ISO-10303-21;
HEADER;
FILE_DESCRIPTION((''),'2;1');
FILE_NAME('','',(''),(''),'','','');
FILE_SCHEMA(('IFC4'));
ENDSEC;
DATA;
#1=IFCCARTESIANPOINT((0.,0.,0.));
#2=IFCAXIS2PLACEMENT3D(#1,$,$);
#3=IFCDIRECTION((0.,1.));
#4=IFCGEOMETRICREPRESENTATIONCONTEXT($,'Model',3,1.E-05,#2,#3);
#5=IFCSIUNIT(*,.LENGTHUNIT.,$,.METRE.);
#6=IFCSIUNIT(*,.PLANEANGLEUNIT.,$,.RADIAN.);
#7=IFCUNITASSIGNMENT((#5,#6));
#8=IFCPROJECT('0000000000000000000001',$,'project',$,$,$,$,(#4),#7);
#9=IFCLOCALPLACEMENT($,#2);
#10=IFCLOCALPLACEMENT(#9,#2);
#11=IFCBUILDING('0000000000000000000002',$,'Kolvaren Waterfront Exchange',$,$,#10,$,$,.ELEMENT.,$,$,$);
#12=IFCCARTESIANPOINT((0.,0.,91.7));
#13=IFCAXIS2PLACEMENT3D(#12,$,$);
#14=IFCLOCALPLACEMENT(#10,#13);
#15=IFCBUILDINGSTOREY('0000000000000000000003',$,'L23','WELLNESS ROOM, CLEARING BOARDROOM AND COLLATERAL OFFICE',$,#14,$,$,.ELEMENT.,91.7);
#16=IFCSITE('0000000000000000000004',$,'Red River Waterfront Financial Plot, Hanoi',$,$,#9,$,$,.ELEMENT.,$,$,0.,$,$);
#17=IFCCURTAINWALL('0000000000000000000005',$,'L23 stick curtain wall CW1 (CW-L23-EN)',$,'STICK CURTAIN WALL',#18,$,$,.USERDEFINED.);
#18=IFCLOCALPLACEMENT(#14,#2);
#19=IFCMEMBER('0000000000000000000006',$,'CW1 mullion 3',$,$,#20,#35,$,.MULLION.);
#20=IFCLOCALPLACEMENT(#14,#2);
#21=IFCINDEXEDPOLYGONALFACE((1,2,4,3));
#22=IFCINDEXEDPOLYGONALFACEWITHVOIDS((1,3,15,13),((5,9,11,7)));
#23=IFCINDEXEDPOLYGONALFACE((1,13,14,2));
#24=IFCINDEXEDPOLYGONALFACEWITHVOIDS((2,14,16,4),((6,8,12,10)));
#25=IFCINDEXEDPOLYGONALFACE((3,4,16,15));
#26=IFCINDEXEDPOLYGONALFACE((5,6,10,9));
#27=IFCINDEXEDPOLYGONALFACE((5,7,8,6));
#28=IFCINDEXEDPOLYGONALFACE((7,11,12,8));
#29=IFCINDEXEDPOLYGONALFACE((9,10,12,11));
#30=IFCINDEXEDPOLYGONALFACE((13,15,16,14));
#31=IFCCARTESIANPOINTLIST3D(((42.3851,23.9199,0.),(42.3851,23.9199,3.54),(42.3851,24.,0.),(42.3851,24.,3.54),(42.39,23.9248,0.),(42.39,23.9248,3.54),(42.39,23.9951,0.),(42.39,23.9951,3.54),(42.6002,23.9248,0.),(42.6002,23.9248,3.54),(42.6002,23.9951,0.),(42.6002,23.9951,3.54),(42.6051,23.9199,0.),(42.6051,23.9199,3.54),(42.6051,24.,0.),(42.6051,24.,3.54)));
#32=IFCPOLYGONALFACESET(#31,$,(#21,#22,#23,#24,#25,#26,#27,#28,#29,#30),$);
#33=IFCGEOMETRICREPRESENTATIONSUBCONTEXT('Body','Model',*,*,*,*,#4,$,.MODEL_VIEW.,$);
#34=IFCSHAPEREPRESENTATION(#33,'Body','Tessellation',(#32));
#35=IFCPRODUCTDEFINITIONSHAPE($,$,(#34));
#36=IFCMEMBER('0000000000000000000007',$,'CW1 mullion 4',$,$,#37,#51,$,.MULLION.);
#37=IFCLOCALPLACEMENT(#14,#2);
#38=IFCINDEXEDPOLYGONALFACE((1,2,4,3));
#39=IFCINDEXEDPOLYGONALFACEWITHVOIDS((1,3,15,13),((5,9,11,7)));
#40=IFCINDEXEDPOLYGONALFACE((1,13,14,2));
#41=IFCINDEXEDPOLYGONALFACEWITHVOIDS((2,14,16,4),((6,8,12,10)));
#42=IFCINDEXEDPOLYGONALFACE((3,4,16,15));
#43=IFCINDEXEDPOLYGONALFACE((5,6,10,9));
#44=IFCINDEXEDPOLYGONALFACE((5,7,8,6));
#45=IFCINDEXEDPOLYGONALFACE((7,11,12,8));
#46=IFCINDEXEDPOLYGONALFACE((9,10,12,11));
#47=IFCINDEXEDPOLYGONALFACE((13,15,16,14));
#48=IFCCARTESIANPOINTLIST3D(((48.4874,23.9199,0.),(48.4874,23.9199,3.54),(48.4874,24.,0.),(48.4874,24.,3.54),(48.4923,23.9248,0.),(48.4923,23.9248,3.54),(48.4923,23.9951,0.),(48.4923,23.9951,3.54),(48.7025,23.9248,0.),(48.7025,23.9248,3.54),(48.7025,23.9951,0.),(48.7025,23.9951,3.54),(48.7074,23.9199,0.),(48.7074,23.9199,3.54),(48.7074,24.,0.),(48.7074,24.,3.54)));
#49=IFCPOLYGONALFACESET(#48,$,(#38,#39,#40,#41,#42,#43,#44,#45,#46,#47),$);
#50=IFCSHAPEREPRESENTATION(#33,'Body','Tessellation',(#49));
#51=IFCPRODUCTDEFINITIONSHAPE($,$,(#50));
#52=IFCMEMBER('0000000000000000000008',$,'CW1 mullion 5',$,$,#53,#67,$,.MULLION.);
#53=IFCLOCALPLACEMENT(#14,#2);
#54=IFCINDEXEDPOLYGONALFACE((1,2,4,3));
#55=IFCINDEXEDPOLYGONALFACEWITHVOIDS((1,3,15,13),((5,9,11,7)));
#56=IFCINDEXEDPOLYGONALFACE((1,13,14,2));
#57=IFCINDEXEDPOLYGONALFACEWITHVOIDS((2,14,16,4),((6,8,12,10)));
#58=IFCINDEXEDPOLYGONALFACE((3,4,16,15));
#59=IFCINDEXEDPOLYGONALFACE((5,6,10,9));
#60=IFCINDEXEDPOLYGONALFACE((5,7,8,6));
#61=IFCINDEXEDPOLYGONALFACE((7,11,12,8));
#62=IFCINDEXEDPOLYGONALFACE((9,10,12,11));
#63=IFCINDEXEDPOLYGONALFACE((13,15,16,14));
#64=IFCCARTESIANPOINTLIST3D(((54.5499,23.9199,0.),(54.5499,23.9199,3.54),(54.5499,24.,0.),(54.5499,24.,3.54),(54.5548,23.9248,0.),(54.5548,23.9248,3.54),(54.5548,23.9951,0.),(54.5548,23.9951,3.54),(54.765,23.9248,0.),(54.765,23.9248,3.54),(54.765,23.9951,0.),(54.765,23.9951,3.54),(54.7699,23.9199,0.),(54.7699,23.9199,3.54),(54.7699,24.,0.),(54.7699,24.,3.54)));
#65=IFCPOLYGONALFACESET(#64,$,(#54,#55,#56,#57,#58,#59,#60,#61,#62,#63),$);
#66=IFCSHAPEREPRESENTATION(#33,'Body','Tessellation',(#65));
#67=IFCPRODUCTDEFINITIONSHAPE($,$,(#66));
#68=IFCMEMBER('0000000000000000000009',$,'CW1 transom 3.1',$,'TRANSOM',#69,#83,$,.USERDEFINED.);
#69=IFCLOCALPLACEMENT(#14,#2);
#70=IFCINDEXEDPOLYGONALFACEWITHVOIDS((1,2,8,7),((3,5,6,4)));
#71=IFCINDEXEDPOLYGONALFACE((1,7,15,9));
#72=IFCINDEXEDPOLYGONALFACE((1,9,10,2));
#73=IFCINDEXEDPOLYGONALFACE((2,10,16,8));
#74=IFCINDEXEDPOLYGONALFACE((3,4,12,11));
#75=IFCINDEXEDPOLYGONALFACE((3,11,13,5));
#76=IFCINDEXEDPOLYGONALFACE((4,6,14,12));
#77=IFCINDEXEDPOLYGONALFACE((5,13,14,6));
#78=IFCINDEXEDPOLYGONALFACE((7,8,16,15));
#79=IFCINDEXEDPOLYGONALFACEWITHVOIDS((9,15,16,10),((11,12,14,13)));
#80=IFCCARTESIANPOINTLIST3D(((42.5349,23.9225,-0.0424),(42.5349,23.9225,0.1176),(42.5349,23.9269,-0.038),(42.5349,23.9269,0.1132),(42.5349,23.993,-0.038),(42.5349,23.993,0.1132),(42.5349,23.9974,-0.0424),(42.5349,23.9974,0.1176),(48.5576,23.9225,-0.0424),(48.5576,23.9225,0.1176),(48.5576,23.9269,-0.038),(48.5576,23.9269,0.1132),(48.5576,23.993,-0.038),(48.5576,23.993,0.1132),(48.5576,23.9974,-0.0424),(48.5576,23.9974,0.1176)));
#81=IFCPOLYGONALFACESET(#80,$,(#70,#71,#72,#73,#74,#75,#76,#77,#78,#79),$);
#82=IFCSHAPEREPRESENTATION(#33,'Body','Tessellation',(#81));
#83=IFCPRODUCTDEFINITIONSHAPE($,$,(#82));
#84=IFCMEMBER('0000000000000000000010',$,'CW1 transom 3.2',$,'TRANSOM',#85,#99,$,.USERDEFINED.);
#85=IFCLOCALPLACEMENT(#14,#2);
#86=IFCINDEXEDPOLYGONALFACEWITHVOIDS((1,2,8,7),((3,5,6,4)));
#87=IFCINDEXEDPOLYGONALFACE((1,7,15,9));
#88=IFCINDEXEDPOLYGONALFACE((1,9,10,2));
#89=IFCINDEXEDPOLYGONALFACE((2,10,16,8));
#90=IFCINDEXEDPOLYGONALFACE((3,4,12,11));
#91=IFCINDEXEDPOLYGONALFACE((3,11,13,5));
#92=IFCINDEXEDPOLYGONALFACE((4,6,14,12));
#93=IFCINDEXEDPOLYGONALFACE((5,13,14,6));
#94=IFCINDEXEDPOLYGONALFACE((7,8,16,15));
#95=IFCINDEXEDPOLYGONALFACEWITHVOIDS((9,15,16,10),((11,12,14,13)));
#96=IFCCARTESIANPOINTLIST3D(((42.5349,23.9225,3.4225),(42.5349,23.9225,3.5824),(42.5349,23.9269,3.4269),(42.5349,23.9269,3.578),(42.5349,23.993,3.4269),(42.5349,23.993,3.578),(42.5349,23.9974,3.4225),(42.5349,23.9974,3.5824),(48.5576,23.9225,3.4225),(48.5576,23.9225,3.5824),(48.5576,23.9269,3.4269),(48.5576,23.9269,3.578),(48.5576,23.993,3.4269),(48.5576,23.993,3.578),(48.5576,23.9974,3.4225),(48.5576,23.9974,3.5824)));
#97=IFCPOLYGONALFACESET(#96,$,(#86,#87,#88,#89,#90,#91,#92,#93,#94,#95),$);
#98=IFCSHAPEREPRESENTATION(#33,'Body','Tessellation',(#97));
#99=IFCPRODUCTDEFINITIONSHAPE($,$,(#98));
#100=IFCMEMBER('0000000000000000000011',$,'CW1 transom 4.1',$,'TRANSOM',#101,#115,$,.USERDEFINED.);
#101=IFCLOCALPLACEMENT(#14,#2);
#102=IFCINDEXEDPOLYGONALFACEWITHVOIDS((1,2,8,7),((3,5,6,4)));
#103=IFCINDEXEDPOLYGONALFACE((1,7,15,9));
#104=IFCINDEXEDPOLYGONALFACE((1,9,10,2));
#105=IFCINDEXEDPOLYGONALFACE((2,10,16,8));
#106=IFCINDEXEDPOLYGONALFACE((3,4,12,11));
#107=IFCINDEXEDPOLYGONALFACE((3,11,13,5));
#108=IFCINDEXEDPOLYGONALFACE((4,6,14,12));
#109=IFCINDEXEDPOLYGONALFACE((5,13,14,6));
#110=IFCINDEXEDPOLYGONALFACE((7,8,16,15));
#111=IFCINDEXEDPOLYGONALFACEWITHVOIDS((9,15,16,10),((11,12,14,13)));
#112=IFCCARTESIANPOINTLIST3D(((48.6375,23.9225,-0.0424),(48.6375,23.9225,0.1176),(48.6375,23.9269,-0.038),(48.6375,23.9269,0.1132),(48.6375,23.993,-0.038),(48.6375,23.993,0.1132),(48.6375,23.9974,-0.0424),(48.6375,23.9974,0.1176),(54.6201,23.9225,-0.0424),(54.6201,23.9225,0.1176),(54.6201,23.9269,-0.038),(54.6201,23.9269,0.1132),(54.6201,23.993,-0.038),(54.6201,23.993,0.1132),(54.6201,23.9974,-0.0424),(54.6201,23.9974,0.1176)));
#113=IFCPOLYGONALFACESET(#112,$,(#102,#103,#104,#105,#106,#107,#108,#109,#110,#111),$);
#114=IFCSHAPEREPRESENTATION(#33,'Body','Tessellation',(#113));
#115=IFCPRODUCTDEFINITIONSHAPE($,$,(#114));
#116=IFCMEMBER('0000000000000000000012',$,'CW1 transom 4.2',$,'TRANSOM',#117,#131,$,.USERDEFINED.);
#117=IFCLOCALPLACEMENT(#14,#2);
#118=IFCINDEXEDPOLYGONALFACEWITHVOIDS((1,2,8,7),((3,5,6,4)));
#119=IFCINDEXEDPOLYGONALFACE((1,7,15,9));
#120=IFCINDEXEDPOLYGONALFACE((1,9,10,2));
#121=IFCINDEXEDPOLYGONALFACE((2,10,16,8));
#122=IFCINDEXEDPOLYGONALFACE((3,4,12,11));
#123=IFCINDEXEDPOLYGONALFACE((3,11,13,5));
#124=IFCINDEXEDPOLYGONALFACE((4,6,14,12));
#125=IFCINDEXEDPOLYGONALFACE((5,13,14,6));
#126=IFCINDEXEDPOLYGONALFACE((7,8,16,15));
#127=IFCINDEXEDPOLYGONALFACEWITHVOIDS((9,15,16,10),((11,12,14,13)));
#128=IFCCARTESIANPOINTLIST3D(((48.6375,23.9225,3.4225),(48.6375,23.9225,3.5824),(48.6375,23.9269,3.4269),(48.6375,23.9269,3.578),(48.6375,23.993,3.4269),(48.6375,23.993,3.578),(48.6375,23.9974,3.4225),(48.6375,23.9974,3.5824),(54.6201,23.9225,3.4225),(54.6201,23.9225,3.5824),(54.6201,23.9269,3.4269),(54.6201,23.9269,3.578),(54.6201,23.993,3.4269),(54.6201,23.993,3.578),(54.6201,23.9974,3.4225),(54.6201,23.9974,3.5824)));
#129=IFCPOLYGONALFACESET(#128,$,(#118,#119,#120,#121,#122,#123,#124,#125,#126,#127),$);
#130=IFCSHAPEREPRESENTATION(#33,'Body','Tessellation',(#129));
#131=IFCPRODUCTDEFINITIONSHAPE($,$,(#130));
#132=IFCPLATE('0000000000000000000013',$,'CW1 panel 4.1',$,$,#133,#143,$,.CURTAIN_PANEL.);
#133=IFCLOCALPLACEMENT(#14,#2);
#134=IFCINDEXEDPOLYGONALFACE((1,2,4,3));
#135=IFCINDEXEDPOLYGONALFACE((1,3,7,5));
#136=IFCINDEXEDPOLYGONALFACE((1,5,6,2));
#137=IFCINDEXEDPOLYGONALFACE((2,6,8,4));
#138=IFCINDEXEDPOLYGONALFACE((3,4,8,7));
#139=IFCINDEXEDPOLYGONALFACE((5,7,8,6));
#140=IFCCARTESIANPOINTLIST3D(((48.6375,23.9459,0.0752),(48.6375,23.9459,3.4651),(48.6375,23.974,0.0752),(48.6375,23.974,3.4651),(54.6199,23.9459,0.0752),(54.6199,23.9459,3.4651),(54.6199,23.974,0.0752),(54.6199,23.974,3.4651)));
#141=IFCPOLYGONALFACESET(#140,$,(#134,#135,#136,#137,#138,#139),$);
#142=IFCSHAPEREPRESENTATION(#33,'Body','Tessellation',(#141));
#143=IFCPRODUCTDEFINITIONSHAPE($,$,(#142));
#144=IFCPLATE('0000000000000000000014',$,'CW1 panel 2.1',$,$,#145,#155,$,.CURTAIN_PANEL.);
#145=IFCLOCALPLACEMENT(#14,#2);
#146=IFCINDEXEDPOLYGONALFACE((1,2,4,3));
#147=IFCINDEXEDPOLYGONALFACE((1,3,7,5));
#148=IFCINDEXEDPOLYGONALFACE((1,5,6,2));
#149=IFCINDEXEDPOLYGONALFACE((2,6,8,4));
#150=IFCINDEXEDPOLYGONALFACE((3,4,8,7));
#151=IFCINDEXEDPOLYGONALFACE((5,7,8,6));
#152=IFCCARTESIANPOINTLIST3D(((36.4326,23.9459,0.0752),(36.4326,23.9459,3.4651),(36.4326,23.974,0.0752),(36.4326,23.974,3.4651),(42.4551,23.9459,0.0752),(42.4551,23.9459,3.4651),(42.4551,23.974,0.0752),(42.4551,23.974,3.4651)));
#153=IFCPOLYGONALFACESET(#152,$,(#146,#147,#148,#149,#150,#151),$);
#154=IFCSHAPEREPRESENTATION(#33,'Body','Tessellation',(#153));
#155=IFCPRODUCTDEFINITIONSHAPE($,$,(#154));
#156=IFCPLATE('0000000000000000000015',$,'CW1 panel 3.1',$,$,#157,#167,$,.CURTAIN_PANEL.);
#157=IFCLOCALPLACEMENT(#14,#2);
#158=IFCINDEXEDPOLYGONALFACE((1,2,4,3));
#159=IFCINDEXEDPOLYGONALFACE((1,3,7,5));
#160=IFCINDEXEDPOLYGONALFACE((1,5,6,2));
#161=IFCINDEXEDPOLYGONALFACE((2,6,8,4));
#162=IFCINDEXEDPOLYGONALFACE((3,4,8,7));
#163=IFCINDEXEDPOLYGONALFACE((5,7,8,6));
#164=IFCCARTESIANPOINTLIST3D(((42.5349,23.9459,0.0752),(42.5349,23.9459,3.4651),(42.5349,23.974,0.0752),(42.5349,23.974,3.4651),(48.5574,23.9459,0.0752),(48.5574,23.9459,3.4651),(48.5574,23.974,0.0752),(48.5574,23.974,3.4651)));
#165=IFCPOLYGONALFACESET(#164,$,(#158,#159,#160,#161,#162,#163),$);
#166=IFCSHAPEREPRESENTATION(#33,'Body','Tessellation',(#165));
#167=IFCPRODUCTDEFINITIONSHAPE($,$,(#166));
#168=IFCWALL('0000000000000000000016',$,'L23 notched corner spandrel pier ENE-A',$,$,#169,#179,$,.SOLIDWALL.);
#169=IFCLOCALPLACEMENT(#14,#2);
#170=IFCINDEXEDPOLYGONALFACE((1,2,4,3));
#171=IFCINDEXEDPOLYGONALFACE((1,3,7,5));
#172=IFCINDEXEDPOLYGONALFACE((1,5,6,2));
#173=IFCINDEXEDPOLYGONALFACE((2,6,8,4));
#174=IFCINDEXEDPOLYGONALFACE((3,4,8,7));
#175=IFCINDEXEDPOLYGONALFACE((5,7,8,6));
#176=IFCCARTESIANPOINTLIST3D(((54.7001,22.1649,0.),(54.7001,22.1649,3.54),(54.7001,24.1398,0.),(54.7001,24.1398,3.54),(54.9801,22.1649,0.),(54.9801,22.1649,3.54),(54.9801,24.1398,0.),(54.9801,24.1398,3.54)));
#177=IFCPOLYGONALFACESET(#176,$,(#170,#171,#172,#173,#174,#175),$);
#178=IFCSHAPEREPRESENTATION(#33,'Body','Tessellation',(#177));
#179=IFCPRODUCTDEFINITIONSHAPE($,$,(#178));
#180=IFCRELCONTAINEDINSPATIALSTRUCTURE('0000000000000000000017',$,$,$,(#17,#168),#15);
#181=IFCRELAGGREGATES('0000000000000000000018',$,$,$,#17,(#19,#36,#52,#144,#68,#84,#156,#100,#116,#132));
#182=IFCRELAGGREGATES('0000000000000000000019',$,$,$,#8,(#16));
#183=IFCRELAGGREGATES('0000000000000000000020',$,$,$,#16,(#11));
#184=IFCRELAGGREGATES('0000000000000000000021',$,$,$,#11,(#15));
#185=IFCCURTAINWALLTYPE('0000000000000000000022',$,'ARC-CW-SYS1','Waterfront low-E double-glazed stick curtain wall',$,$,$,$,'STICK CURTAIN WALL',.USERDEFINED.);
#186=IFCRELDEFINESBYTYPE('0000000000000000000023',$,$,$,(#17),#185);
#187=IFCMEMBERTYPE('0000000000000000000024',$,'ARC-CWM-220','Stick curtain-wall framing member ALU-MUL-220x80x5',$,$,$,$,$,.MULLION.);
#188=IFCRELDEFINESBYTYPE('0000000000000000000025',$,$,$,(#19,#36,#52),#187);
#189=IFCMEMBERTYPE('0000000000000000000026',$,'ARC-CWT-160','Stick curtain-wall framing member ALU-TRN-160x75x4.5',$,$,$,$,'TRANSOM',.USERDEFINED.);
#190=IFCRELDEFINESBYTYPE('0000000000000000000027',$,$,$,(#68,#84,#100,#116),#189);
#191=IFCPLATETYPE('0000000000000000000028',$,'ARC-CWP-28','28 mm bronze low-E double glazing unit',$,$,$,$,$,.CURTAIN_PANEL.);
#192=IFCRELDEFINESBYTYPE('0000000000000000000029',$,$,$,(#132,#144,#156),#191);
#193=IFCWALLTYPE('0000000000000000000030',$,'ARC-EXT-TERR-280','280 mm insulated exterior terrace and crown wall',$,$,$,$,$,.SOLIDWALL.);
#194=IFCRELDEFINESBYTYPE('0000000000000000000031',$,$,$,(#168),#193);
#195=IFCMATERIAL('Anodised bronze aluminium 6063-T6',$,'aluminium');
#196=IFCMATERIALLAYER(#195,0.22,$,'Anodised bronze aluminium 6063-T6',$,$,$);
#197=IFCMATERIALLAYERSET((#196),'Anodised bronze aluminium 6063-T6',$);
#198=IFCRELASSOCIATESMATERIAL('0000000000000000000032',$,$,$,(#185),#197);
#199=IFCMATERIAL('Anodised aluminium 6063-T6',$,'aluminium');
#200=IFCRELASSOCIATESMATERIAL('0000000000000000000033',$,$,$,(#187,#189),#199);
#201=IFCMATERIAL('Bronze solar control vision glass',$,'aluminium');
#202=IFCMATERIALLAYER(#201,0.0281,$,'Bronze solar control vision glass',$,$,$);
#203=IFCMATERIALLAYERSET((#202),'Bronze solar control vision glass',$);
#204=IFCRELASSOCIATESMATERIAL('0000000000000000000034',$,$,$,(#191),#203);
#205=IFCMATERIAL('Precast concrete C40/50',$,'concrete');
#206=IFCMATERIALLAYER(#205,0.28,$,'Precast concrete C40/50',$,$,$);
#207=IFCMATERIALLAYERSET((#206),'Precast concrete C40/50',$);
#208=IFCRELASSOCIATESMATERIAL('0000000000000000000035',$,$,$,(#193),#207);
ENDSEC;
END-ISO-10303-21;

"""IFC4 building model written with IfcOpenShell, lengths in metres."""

from ifc_helpers import new_model, si_unit, direction, frame, frame_2d, origin, origin_with_axes, origin_2d, place, context, subcontext, project, spatial, rectangle, hollow_rectangle, extrude, source, transform, mapped, material, layer, layer_set, material_profile, profile_set, type_object, element, aggregate, save


model = new_model("IFC4")

# Units and contexts
model_context = context("Model", 3, precision=1e-05, world=origin(), true_north=direction((0.0, 1.0)))
body_context = subcontext(model_context, "Body", "Model", "MODEL_VIEW")
ifc_project = project(units=[si_unit("LENGTHUNIT", "METRE"), si_unit("PLANEANGLEUNIT", "RADIAN")], contexts=[model_context])

# Site, building, storey
site_placement = place(None, origin())
site = spatial("IfcSite", under=ifc_project, at=site_placement, Name="Red River Waterfront Financial Plot, Hanoi", CompositionType="ELEMENT", RefElevation=0.0)
building_placement = place(site_placement, origin())
building = spatial("IfcBuilding", under=site, at=building_placement, Name="Kolvaren Waterfront Exchange", CompositionType="ELEMENT")
storey_placement = place(building_placement, frame((0.0, 0.0, 91.7)))
storey = spatial("IfcBuildingStorey", under=building, at=storey_placement, Name="L23", Description="WELLNESS ROOM, CLEARING BOARDROOM AND COLLATERAL OFFICE", CompositionType="ELEMENT", Elevation=91.7)

# Curtain wall, members, plates
ifc_material_1 = material(Name="Anodised bronze aluminium 6063-T6", Category="aluminium")
ifc_layer_1 = layer(ifc_material_1, 0.22, Name="Anodised bronze aluminium 6063-T6")
ifc_layer_set_1 = layer_set([ifc_layer_1], Name="Anodised bronze aluminium 6063-T6")
curtain_wall_type = type_object("IfcCurtainWallType", Name="ARC-CW-SYS1", Description="Waterfront low-E double-glazed stick curtain wall", ElementType="STICK CURTAIN WALL", PredefinedType="USERDEFINED", material=ifc_layer_set_1)
curtain_wall_placement = place(storey_placement, origin())
curtain_wall = element("IfcCurtainWall", 1, at=curtain_wall_placement, inside=storey, type_object=curtain_wall_type, Name="L23 stick curtain wall CW1 (CW-L23-EN)", ObjectType="STICK CURTAIN WALL", PredefinedType="USERDEFINED")
ifc_material_2 = material(Name="Anodised aluminium 6063-T6", Category="aluminium")
ifc_material_profile_1 = material_profile(ifc_material_2, hollow_rectangle(XDim=0.0801, YDim=0.22, WallThickness=0.0049, at=origin_2d()), Name="ALU-MUL-220x80x5")
ifc_profile_set_1 = profile_set([ifc_material_profile_1], Name="Anodised aluminium 6063-T6")
member_type_1 = type_object("IfcMemberType", Name="ARC-CWM-220", Description="Stick curtain-wall framing member ALU-MUL-220x80x5", PredefinedType="MULLION", material=ifc_profile_set_1)
shared_shape_1 = source(origin_with_axes(), body_context, "Body", "SweptSolid", [
    extrude(hollow_rectangle(XDim=0.0801, YDim=0.22, WallThickness=0.0049, at=origin_2d()), origin(), (0.0, 0.0, 1.0), 3.54),
])
member_1_placement = place(storey_placement, frame((42.4951, 23.96, 0.0), z_axis=(0.0, 0.0, 1.0), x_axis=(0.0, 1.0, 0.0)))
member_1 = element("IfcMember", 2, at=member_1_placement, type_object=member_type_1, Name="CW1 mullion 3", PredefinedType="MULLION", context=body_context, shape_type="MappedRepresentation", body=[
    mapped(shared_shape_1, transform((0.0, 0.0, 0.0), x_axis=(1.0, 0.0, 0.0), y_axis=(0.0, 1.0, 0.0), z_axis=(0.0, 0.0, 1.0), scale=1.0)),
])
member_2_placement = place(storey_placement, frame((48.5974, 23.96, 0.0), z_axis=(0.0, 0.0, 1.0), x_axis=(0.0, 1.0, 0.0)))
member_2 = element("IfcMember", 3, at=member_2_placement, type_object=member_type_1, Name="CW1 mullion 4", PredefinedType="MULLION", context=body_context, shape_type="MappedRepresentation", body=[
    mapped(shared_shape_1, transform((0.0, 0.0, 0.0), x_axis=(1.0, 0.0, 0.0), y_axis=(0.0, 1.0, 0.0), z_axis=(0.0, 0.0, 1.0), scale=1.0)),
])
member_3_placement = place(storey_placement, frame((54.6599, 23.96, 0.0), z_axis=(0.0, 0.0, 1.0), x_axis=(0.0, 1.0, 0.0)))
member_3 = element("IfcMember", 4, at=member_3_placement, type_object=member_type_1, Name="CW1 mullion 5", PredefinedType="MULLION", context=body_context, shape_type="MappedRepresentation", body=[
    mapped(shared_shape_1, transform((0.0, 0.0, 0.0), x_axis=(1.0, 0.0, 0.0), y_axis=(0.0, 1.0, 0.0), z_axis=(0.0, 0.0, 1.0), scale=1.0)),
])
ifc_material_profile_2 = material_profile(ifc_material_2, hollow_rectangle(XDim=0.075, YDim=0.1599, WallThickness=0.0044, at=origin_2d()), Name="ALU-TRN-160x75x4.5")
ifc_profile_set_2 = profile_set([ifc_material_profile_2], Name="Anodised aluminium 6063-T6")
member_type_2 = type_object("IfcMemberType", Name="ARC-CWT-160", Description="Stick curtain-wall framing member ALU-TRN-160x75x4.5", ElementType="TRANSOM", PredefinedType="USERDEFINED", material=ifc_profile_set_2)
shared_shape_2 = source(origin_with_axes(), body_context, "Body", "SweptSolid", [
    extrude(hollow_rectangle(XDim=0.075, YDim=0.1599, WallThickness=0.0044, at=origin_2d()), origin(), (0.0, 0.0, 1.0), 6.0227),
])
member_4_placement = place(storey_placement, frame((42.5349, 23.96, 0.0376), z_axis=(1.0, 0.0, 0.0), x_axis=(0.0, 1.0, 0.0)))
member_4 = element("IfcMember", 5, at=member_4_placement, type_object=member_type_2, Name="CW1 transom 3.1", ObjectType="TRANSOM", PredefinedType="USERDEFINED", context=body_context, shape_type="MappedRepresentation", body=[
    mapped(shared_shape_2, transform((0.0, 0.0, 0.0), x_axis=(1.0, 0.0, 0.0), y_axis=(0.0, 1.0, 0.0), z_axis=(0.0, 0.0, 1.0), scale=1.0)),
])
member_5_placement = place(storey_placement, frame((42.5349, 23.96, 3.5024), z_axis=(1.0, 0.0, 0.0), x_axis=(0.0, 1.0, 0.0)))
member_5 = element("IfcMember", 6, at=member_5_placement, type_object=member_type_2, Name="CW1 transom 3.2", ObjectType="TRANSOM", PredefinedType="USERDEFINED", context=body_context, shape_type="MappedRepresentation", body=[
    mapped(shared_shape_2, transform((0.0, 0.0, 0.0), x_axis=(1.0, 0.0, 0.0), y_axis=(0.0, 1.0, 0.0), z_axis=(0.0, 0.0, 1.0), scale=1.0)),
])
shared_shape_3 = source(origin_with_axes(), body_context, "Body", "SweptSolid", [
    extrude(hollow_rectangle(XDim=0.075, YDim=0.1599, WallThickness=0.0044, at=origin_2d()), origin(), (0.0, 0.0, 1.0), 5.9827),
])
member_6_placement = place(storey_placement, frame((48.6375, 23.96, 0.0376), z_axis=(1.0, 0.0, 0.0), x_axis=(0.0, 1.0, 0.0)))
member_6 = element("IfcMember", 7, at=member_6_placement, type_object=member_type_2, Name="CW1 transom 4.1", ObjectType="TRANSOM", PredefinedType="USERDEFINED", context=body_context, shape_type="MappedRepresentation", body=[
    mapped(shared_shape_3, transform((0.0, 0.0, 0.0), x_axis=(1.0, 0.0, 0.0), y_axis=(0.0, 1.0, 0.0), z_axis=(0.0, 0.0, 1.0), scale=1.0)),
])
member_7_placement = place(storey_placement, frame((48.6375, 23.96, 3.5024), z_axis=(1.0, 0.0, 0.0), x_axis=(0.0, 1.0, 0.0)))
member_7 = element("IfcMember", 8, at=member_7_placement, type_object=member_type_2, Name="CW1 transom 4.2", ObjectType="TRANSOM", PredefinedType="USERDEFINED", context=body_context, shape_type="MappedRepresentation", body=[
    mapped(shared_shape_3, transform((0.0, 0.0, 0.0), x_axis=(1.0, 0.0, 0.0), y_axis=(0.0, 1.0, 0.0), z_axis=(0.0, 0.0, 1.0), scale=1.0)),
])
ifc_material_3 = material(Name="Bronze solar control vision glass", Category="aluminium")
ifc_layer_2 = layer(ifc_material_3, 0.0281, Name="Bronze solar control vision glass")
ifc_layer_set_2 = layer_set([ifc_layer_2], Name="Bronze solar control vision glass")
plate_type = type_object("IfcPlateType", Name="ARC-CWP-28", Description="28 mm bronze low-E double glazing unit", PredefinedType="CURTAIN_PANEL", material=ifc_layer_set_2)
shared_shape_4 = source(origin_with_axes(), body_context, "Body", "SweptSolid", [
    extrude(rectangle(XDim=5.9824, YDim=0.0281, at=origin_2d()), origin(), (0.0, 0.0, 1.0), 3.3899),
])
plate_1_placement = place(storey_placement, frame((51.6287, 23.96, 0.0752), z_axis=(0.0, 0.0, 1.0), x_axis=(1.0, 0.0, 0.0)))
plate_1 = element("IfcPlate", 9, at=plate_1_placement, type_object=plate_type, Name="CW1 panel 4.1", PredefinedType="CURTAIN_PANEL", context=body_context, shape_type="MappedRepresentation", body=[
    mapped(shared_shape_4, transform((0.0, 0.0, 0.0), x_axis=(1.0, 0.0, 0.0), y_axis=(0.0, 1.0, 0.0), z_axis=(0.0, 0.0, 1.0), scale=1.0)),
])
shared_shape_5 = source(origin_with_axes(), body_context, "Body", "SweptSolid", [
    extrude(rectangle(XDim=6.0225, YDim=0.0281, at=origin_2d()), origin(), (0.0, 0.0, 1.0), 3.3899),
])
plate_2_placement = place(storey_placement, frame((39.4438, 23.96, 0.0752), z_axis=(0.0, 0.0, 1.0), x_axis=(1.0, 0.0, 0.0)))
plate_2 = element("IfcPlate", 10, at=plate_2_placement, type_object=plate_type, Name="CW1 panel 2.1", PredefinedType="CURTAIN_PANEL", context=body_context, shape_type="MappedRepresentation", body=[
    mapped(shared_shape_5, transform((0.0, 0.0, 0.0), x_axis=(1.0, 0.0, 0.0), y_axis=(0.0, 1.0, 0.0), z_axis=(0.0, 0.0, 1.0), scale=1.0)),
])
plate_3_placement = place(storey_placement, frame((45.5461, 23.96, 0.0752), z_axis=(0.0, 0.0, 1.0), x_axis=(1.0, 0.0, 0.0)))
plate_3 = element("IfcPlate", 11, at=plate_3_placement, type_object=plate_type, Name="CW1 panel 3.1", PredefinedType="CURTAIN_PANEL", context=body_context, shape_type="MappedRepresentation", body=[
    mapped(shared_shape_5, transform((0.0, 0.0, 0.0), x_axis=(1.0, 0.0, 0.0), y_axis=(0.0, 1.0, 0.0), z_axis=(0.0, 0.0, 1.0), scale=1.0)),
])
aggregate(curtain_wall, [member_1, member_2, member_3, plate_2, member_4, member_5, plate_3, member_6, member_7, plate_1])

# Wall
ifc_material_4 = material(Name="Precast concrete C40/50", Category="concrete")
ifc_layer_3 = layer(ifc_material_4, 0.28, Name="Precast concrete C40/50")
ifc_layer_set_3 = layer_set([ifc_layer_3], Name="Precast concrete C40/50")
wall_type_1 = type_object("IfcWallType", Name="ARC-EXT-TERR-280", Description="280 mm insulated exterior terrace and crown wall", PredefinedType="SOLIDWALL", material=ifc_layer_set_3)
wall_1_placement = place(storey_placement, frame((54.8401, 22.165, 0.0), z_axis=(0.0, 0.0, 1.0), x_axis=(0.0, 1.0, 0.0)))
element("IfcWall", 12, at=wall_1_placement, inside=storey, type_object=wall_type_1, Name="L23 notched corner spandrel pier ENE-A", PredefinedType="SOLIDWALL", context=body_context, shape_type="SweptSolid", body=[
    extrude(rectangle(XDim=1.9749, YDim=0.28, at=frame_2d((0.9873, 0.0))), origin(), (0.0, 0.0, 1.0), 3.54),
])

save(model, "model.ifc")
